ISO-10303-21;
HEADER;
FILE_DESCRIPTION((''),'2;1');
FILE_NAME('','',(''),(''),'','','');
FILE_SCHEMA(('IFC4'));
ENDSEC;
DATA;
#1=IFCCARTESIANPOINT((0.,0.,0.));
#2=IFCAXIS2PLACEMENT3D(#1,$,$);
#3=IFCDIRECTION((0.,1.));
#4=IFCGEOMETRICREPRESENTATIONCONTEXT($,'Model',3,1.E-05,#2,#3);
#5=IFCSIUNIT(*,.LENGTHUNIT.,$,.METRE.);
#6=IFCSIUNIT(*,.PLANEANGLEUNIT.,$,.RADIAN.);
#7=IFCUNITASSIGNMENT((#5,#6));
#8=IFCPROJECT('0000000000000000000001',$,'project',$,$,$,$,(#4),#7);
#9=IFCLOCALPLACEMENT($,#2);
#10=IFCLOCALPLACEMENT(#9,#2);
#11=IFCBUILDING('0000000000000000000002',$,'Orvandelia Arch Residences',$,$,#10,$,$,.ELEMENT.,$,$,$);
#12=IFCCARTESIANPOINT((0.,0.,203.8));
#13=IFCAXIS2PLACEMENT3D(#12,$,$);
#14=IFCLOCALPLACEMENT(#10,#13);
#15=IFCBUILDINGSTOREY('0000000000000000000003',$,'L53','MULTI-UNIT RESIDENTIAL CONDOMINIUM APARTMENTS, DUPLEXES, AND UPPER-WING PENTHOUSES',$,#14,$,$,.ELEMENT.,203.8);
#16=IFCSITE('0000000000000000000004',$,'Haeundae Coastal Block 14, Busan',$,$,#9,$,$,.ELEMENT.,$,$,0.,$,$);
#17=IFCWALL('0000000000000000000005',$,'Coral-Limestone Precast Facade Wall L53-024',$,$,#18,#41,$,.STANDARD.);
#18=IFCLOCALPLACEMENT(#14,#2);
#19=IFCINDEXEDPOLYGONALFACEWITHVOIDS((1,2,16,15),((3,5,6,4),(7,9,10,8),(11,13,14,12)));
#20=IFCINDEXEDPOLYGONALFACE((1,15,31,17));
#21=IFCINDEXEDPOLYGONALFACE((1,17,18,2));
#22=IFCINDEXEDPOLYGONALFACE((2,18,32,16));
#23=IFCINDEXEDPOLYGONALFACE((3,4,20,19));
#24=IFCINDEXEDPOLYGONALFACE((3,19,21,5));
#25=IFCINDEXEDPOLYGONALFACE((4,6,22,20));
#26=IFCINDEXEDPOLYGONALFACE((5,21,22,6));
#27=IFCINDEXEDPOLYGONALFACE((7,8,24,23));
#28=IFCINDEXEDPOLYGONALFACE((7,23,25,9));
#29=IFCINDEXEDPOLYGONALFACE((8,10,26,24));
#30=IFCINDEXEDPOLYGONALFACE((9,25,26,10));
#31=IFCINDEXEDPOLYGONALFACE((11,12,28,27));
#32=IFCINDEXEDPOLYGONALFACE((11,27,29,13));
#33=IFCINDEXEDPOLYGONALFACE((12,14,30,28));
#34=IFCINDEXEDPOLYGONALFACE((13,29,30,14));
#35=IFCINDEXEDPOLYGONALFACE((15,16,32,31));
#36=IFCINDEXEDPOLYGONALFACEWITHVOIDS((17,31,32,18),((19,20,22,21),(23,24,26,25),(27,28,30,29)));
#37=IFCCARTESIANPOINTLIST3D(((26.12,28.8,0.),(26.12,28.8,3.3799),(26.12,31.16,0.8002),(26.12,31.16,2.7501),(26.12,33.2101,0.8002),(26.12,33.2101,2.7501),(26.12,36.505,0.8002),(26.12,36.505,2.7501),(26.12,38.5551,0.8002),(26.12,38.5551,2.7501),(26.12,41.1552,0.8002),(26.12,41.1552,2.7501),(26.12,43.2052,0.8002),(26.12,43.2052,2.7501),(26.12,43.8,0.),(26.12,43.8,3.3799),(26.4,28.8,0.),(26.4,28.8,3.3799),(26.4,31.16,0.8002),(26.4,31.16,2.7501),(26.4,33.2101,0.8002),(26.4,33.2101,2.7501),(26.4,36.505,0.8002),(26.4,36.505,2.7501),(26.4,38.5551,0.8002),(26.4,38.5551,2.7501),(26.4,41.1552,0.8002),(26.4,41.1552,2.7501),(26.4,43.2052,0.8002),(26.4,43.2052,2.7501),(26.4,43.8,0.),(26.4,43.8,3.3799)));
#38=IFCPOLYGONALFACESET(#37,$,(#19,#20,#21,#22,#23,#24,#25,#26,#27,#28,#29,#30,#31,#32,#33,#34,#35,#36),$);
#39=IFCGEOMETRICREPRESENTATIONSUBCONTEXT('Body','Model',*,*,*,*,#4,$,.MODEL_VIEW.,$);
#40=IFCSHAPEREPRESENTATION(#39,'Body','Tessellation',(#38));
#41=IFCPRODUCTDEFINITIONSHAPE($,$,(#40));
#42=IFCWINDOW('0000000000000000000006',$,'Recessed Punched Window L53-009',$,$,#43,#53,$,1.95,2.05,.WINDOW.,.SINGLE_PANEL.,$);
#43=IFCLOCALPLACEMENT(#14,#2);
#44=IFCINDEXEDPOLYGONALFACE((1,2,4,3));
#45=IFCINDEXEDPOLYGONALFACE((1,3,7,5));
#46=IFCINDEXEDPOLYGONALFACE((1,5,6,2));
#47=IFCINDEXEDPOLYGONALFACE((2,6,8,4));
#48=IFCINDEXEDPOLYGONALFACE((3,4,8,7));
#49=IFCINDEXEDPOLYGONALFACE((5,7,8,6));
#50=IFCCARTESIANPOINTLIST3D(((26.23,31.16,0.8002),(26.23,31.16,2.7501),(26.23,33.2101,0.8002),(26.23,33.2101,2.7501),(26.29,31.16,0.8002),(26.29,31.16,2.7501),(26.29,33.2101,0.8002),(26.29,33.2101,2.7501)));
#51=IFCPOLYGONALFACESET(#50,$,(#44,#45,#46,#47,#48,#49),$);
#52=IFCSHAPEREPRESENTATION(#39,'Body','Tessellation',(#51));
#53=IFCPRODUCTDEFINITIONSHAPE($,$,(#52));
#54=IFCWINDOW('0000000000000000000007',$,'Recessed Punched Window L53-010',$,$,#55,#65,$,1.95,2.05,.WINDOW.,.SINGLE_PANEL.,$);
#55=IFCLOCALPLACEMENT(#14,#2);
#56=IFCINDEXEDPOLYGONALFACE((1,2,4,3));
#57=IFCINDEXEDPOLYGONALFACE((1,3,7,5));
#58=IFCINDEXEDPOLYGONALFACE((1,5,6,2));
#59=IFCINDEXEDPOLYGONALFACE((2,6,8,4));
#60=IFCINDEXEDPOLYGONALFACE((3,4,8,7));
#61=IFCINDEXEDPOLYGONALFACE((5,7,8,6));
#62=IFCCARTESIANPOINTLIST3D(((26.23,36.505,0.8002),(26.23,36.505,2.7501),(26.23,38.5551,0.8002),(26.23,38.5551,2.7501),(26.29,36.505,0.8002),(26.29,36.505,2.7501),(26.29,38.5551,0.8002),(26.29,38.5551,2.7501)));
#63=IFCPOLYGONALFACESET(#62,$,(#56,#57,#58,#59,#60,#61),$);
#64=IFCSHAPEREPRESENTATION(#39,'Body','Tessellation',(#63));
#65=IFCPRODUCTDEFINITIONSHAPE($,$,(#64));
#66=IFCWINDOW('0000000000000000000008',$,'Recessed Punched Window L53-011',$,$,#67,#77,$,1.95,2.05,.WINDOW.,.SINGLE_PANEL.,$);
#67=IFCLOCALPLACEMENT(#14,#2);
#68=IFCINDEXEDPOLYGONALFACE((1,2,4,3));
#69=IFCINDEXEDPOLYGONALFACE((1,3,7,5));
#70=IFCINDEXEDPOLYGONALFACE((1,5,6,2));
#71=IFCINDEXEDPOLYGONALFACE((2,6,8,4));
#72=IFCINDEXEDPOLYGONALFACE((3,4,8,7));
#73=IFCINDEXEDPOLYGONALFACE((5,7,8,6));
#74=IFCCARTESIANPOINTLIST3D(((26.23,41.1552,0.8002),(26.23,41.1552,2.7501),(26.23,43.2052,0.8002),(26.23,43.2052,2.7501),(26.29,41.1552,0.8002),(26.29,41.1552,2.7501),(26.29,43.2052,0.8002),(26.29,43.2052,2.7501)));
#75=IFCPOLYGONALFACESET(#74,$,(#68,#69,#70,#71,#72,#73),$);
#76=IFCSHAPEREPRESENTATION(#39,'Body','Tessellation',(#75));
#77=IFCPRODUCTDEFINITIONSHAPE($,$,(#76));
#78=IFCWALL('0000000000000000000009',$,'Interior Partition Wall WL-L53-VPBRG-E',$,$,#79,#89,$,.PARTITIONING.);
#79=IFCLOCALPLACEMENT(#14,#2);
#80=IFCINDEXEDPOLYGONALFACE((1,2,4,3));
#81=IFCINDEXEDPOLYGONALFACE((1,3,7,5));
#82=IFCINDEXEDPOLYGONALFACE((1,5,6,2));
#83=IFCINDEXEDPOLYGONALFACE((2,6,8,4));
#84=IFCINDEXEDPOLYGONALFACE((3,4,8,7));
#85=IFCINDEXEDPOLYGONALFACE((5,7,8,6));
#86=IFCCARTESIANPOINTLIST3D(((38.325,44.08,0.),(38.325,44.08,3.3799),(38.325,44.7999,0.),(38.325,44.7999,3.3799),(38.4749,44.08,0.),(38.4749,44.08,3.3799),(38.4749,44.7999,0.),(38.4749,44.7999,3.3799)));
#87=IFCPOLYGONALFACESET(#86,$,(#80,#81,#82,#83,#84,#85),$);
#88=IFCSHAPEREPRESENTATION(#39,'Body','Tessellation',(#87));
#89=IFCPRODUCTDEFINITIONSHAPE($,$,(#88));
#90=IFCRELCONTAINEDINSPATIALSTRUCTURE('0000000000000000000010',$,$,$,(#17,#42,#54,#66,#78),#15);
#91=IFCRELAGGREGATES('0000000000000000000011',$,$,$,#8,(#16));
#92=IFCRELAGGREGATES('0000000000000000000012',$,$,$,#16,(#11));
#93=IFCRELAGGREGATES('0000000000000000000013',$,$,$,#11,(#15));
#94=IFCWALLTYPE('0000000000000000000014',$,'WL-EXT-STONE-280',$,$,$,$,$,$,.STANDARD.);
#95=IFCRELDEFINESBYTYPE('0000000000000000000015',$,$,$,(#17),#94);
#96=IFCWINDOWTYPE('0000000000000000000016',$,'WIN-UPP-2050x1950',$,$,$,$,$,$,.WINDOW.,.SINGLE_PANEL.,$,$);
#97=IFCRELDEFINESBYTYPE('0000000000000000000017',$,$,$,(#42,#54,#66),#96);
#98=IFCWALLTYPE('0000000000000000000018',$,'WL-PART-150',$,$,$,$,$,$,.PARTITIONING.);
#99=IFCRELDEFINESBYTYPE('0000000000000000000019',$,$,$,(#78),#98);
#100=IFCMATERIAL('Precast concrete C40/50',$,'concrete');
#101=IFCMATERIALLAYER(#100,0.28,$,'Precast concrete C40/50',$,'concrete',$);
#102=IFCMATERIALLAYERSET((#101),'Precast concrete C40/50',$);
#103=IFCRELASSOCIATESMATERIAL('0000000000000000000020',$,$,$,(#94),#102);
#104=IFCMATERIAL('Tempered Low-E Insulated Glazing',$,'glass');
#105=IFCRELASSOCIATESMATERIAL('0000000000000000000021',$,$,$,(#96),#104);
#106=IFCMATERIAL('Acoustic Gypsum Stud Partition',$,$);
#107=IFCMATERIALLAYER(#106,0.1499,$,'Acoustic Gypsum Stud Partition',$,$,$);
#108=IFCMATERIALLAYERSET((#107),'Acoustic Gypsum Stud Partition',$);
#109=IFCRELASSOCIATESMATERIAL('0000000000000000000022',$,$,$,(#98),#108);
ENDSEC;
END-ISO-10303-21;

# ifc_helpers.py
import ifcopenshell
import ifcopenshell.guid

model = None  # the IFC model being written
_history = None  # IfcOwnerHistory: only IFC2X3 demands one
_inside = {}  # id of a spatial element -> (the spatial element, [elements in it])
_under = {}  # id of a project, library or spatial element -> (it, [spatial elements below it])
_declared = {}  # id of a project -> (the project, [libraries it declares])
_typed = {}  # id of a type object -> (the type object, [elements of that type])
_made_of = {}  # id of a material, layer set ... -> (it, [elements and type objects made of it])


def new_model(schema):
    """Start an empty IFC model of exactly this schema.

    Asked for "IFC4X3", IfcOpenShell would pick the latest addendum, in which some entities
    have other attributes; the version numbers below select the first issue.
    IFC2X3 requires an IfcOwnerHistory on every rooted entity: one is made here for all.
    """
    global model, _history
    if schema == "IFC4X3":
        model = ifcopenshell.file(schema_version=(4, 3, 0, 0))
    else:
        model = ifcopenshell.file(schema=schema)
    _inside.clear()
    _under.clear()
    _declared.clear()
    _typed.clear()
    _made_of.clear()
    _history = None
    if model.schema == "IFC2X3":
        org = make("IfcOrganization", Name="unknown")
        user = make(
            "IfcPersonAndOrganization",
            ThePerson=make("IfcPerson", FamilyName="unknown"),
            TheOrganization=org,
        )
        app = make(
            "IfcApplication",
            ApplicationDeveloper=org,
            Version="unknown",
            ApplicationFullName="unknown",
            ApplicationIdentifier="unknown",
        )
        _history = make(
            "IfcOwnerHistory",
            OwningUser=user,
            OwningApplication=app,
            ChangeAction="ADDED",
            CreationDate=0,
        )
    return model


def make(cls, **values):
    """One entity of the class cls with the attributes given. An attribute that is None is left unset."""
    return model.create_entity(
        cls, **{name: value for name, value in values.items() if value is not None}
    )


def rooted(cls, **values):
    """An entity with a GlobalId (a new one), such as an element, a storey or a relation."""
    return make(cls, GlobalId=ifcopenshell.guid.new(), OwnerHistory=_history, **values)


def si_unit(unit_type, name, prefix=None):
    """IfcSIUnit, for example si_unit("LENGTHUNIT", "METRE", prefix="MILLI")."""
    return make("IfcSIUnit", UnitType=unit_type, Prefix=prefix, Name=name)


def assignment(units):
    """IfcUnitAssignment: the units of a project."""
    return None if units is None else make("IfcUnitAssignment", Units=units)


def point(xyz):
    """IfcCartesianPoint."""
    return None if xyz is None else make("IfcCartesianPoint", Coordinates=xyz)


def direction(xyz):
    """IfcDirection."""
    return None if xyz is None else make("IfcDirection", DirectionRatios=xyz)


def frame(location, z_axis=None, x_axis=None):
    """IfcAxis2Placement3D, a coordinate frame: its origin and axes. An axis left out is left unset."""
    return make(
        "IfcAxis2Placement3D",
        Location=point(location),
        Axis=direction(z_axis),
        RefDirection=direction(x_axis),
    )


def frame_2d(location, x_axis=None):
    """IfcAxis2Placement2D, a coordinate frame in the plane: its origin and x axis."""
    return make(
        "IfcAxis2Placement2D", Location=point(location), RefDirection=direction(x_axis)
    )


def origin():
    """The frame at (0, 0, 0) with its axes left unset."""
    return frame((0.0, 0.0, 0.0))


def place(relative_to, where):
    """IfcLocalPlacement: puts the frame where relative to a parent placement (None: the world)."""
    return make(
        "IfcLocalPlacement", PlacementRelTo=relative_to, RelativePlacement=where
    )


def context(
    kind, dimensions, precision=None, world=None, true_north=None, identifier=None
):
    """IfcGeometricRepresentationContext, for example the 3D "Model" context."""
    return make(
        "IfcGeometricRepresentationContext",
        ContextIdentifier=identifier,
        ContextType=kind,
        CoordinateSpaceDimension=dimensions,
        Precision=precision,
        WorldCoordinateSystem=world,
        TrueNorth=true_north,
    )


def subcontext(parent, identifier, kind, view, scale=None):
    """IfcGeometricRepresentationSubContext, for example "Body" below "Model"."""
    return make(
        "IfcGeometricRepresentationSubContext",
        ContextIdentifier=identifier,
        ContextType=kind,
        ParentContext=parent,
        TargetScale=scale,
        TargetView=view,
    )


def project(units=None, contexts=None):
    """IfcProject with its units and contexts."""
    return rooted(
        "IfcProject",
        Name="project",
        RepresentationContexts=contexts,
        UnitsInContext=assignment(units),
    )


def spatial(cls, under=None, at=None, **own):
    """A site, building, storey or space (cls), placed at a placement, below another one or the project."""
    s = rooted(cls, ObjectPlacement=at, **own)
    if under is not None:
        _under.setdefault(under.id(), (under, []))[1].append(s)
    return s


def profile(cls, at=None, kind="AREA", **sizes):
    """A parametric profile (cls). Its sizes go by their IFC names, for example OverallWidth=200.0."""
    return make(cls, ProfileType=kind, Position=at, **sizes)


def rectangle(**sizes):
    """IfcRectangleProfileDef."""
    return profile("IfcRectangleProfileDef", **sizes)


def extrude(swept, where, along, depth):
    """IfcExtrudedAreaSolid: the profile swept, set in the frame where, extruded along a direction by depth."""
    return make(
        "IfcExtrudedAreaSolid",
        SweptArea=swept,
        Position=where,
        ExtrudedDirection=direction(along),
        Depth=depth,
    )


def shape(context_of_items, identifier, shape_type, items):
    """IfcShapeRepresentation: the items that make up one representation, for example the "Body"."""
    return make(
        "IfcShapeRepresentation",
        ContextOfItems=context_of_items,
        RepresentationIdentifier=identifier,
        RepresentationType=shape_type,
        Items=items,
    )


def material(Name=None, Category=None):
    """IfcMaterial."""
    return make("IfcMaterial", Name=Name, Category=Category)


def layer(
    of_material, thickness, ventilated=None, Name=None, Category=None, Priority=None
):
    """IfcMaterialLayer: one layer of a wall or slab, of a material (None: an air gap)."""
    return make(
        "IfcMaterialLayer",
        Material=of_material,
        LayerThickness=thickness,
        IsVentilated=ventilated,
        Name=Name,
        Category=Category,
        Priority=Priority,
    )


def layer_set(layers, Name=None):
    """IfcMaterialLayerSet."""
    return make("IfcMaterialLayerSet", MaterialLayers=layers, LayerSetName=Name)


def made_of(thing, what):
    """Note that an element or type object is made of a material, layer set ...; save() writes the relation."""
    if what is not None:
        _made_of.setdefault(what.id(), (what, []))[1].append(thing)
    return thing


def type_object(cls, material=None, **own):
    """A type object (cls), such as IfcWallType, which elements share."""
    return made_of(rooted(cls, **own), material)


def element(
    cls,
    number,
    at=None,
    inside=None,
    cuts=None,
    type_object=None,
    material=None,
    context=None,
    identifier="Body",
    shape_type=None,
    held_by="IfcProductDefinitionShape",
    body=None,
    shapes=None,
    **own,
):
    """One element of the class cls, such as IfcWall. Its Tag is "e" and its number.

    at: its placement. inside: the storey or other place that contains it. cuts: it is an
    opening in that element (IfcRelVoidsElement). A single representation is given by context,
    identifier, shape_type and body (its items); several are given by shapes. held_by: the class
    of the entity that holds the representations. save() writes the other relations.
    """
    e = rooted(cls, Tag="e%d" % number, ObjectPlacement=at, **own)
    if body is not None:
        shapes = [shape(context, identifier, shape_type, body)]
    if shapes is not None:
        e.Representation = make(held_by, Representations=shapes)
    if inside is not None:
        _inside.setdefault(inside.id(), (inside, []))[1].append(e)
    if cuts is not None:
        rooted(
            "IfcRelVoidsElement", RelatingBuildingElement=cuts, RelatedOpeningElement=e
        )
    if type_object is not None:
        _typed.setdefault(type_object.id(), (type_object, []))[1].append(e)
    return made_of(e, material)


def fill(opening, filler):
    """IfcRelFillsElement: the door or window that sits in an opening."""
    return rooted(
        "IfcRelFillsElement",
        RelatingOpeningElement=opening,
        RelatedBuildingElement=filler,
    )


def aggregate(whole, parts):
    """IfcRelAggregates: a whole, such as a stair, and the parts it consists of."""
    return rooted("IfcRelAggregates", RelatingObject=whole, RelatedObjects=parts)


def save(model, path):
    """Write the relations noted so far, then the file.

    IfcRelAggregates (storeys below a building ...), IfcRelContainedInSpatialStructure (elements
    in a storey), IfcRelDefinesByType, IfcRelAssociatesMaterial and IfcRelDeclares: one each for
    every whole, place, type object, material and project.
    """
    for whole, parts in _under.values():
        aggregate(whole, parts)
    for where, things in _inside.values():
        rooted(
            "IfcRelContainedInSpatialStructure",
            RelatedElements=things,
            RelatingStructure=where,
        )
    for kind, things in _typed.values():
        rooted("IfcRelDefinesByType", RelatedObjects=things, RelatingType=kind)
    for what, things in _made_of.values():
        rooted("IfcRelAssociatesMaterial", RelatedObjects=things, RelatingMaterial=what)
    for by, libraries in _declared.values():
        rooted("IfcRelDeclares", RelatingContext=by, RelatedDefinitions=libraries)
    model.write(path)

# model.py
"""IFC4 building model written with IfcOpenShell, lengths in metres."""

from ifc_helpers import new_model, si_unit, direction, frame, frame_2d, origin, place, context, subcontext, project, spatial, rectangle, extrude, material, layer, layer_set, type_object, element, fill, save


model = new_model("IFC4")

# Units and contexts
model_context = context("Model", 3, precision=1e-05, world=origin(), true_north=direction((0.0, 1.0)))
body_context = subcontext(model_context, "Body", "Model", "MODEL_VIEW")
ifc_project = project(units=[si_unit("LENGTHUNIT", "METRE"), si_unit("PLANEANGLEUNIT", "RADIAN")], contexts=[model_context])

# Site, building, storey
site_placement = place(None, origin())
site = spatial("IfcSite", under=ifc_project, at=site_placement, Name="Haeundae Coastal Block 14, Busan", CompositionType="ELEMENT", RefElevation=0.0)
building_placement = place(site_placement, origin())
building = spatial("IfcBuilding", under=site, at=building_placement, Name="Orvandelia Arch Residences", CompositionType="ELEMENT")
storey_placement = place(building_placement, frame((0.0, 0.0, 203.8)))
storey = spatial("IfcBuildingStorey", under=building, at=storey_placement, Name="L53", Description="MULTI-UNIT RESIDENTIAL CONDOMINIUM APARTMENTS, DUPLEXES, AND UPPER-WING PENTHOUSES", CompositionType="ELEMENT", Elevation=203.8)

# Shared definitions
ifc_material_1 = material(Name="Precast concrete C40/50", Category="concrete")
ifc_layer_1 = layer(ifc_material_1, 0.28, Name="Precast concrete C40/50", Category="concrete")
ifc_layer_set_1 = layer_set([ifc_layer_1], Name="Precast concrete C40/50")
wall_type_1 = type_object("IfcWallType", Name="WL-EXT-STONE-280", PredefinedType="STANDARD", material=ifc_layer_set_1)
ifc_material_2 = material(Name="Tempered Low-E Insulated Glazing", Category="glass")
window_type = type_object("IfcWindowType", Name="WIN-UPP-2050x1950", PartitioningType="SINGLE_PANEL", PredefinedType="WINDOW", material=ifc_material_2)

# Wall, openings, windows
wall_1_placement = place(storey_placement, frame((26.26, 43.8, 0.0), z_axis=(0.0, 0.0, 1.0), x_axis=(0.0, -1.0, 0.0)))
wall_1 = element("IfcWall", 1, at=wall_1_placement, inside=storey, type_object=wall_type_1, Name="Coral-Limestone Precast Facade Wall L53-024", PredefinedType="STANDARD", context=body_context, shape_type="SweptSolid", body=[
    extrude(rectangle(XDim=15.0, YDim=0.28, at=frame_2d((7.5, 0.0))), origin(), (0.0, 0.0, 1.0), 3.3799),
])
opening_1_placement = place(wall_1_placement, frame((10.5901, 0.0, 0.8)))
opening_1 = element("IfcOpeningElement", 2, at=opening_1_placement, cuts=wall_1, PredefinedType="OPENING", context=body_context, shape_type="SweptSolid", body=[
    extrude(rectangle(XDim=2.05, YDim=1.95, at=frame_2d((1.0249, 0.9751))), frame((0.0, 0.1499, 0.0), z_axis=(0.0, -1.0, 0.0), x_axis=(1.0, 0.0, 0.0)), (0.0, 0.0, 1.0), 0.3),
])
opening_2_placement = place(wall_1_placement, frame((5.2451, 0.0, 0.8)))
opening_2 = element("IfcOpeningElement", 3, at=opening_2_placement, cuts=wall_1, PredefinedType="OPENING", context=body_context, shape_type="SweptSolid", body=[
    extrude(rectangle(XDim=2.05, YDim=1.95, at=frame_2d((1.0249, 0.9751))), frame((0.0, 0.1499, 0.0), z_axis=(0.0, -1.0, 0.0), x_axis=(1.0, 0.0, 0.0)), (0.0, 0.0, 1.0), 0.3),
])
opening_3_placement = place(wall_1_placement, frame((0.595, 0.0, 0.8)))
opening_3 = element("IfcOpeningElement", 4, at=opening_3_placement, cuts=wall_1, PredefinedType="OPENING", context=body_context, shape_type="SweptSolid", body=[
    extrude(rectangle(XDim=2.05, YDim=1.95, at=frame_2d((1.0249, 0.9751))), frame((0.0, 0.1499, 0.0), z_axis=(0.0, -1.0, 0.0), x_axis=(1.0, 0.0, 0.0)), (0.0, 0.0, 1.0), 0.3),
])
window_1_placement = place(opening_1_placement, origin())
window_1 = element("IfcWindow", 5, at=window_1_placement, inside=storey, type_object=window_type, Name="Recessed Punched Window L53-009", OverallHeight=1.95, OverallWidth=2.05, PartitioningType="SINGLE_PANEL", PredefinedType="WINDOW", context=body_context, shape_type="SweptSolid", body=[
    extrude(rectangle(XDim=2.05, YDim=1.95, at=frame_2d((1.0249, 0.9751))), frame((0.0, 0.03, 0.0), z_axis=(0.0, -1.0, 0.0), x_axis=(1.0, 0.0, 0.0)), (0.0, 0.0, 1.0), 0.0601),
])
fill(opening_1, window_1)
window_2_placement = place(opening_2_placement, origin())
window_2 = element("IfcWindow", 6, at=window_2_placement, inside=storey, type_object=window_type, Name="Recessed Punched Window L53-010", OverallHeight=1.95, OverallWidth=2.05, PartitioningType="SINGLE_PANEL", PredefinedType="WINDOW", context=body_context, shape_type="SweptSolid", body=[
    extrude(rectangle(XDim=2.05, YDim=1.95, at=frame_2d((1.0249, 0.9751))), frame((0.0, 0.03, 0.0), z_axis=(0.0, -1.0, 0.0), x_axis=(1.0, 0.0, 0.0)), (0.0, 0.0, 1.0), 0.0601),
])
fill(opening_2, window_2)
window_3_placement = place(opening_3_placement, origin())
window_3 = element("IfcWindow", 7, at=window_3_placement, inside=storey, type_object=window_type, Name="Recessed Punched Window L53-011", OverallHeight=1.95, OverallWidth=2.05, PartitioningType="SINGLE_PANEL", PredefinedType="WINDOW", context=body_context, shape_type="SweptSolid", body=[
    extrude(rectangle(XDim=2.05, YDim=1.95, at=frame_2d((1.0249, 0.9751))), frame((0.0, 0.03, 0.0), z_axis=(0.0, -1.0, 0.0), x_axis=(1.0, 0.0, 0.0)), (0.0, 0.0, 1.0), 0.0601),
])
fill(opening_3, window_3)

# Wall
ifc_material_3 = material(Name="Acoustic Gypsum Stud Partition")
ifc_layer_2 = layer(ifc_material_3, 0.1499, Name="Acoustic Gypsum Stud Partition")
ifc_layer_set_2 = layer_set([ifc_layer_2], Name="Acoustic Gypsum Stud Partition")
wall_type_2 = type_object("IfcWallType", Name="WL-PART-150", PredefinedType="PARTITIONING", material=ifc_layer_set_2)
wall_2_placement = place(storey_placement, frame((38.3999, 44.0801, 0.0), z_axis=(0.0, 0.0, 1.0), x_axis=(0.0, 1.0, 0.0)))
element("IfcWall", 8, at=wall_2_placement, inside=storey, type_object=wall_type_2, Name="Interior Partition Wall WL-L53-VPBRG-E", PredefinedType="PARTITIONING", context=body_context, shape_type="SweptSolid", body=[
    extrude(rectangle(XDim=0.72, YDim=0.1499, at=frame_2d((0.3599, 0.0))), origin(), (0.0, 0.0, 1.0), 3.3799),
])

save(model, "model.ifc")
